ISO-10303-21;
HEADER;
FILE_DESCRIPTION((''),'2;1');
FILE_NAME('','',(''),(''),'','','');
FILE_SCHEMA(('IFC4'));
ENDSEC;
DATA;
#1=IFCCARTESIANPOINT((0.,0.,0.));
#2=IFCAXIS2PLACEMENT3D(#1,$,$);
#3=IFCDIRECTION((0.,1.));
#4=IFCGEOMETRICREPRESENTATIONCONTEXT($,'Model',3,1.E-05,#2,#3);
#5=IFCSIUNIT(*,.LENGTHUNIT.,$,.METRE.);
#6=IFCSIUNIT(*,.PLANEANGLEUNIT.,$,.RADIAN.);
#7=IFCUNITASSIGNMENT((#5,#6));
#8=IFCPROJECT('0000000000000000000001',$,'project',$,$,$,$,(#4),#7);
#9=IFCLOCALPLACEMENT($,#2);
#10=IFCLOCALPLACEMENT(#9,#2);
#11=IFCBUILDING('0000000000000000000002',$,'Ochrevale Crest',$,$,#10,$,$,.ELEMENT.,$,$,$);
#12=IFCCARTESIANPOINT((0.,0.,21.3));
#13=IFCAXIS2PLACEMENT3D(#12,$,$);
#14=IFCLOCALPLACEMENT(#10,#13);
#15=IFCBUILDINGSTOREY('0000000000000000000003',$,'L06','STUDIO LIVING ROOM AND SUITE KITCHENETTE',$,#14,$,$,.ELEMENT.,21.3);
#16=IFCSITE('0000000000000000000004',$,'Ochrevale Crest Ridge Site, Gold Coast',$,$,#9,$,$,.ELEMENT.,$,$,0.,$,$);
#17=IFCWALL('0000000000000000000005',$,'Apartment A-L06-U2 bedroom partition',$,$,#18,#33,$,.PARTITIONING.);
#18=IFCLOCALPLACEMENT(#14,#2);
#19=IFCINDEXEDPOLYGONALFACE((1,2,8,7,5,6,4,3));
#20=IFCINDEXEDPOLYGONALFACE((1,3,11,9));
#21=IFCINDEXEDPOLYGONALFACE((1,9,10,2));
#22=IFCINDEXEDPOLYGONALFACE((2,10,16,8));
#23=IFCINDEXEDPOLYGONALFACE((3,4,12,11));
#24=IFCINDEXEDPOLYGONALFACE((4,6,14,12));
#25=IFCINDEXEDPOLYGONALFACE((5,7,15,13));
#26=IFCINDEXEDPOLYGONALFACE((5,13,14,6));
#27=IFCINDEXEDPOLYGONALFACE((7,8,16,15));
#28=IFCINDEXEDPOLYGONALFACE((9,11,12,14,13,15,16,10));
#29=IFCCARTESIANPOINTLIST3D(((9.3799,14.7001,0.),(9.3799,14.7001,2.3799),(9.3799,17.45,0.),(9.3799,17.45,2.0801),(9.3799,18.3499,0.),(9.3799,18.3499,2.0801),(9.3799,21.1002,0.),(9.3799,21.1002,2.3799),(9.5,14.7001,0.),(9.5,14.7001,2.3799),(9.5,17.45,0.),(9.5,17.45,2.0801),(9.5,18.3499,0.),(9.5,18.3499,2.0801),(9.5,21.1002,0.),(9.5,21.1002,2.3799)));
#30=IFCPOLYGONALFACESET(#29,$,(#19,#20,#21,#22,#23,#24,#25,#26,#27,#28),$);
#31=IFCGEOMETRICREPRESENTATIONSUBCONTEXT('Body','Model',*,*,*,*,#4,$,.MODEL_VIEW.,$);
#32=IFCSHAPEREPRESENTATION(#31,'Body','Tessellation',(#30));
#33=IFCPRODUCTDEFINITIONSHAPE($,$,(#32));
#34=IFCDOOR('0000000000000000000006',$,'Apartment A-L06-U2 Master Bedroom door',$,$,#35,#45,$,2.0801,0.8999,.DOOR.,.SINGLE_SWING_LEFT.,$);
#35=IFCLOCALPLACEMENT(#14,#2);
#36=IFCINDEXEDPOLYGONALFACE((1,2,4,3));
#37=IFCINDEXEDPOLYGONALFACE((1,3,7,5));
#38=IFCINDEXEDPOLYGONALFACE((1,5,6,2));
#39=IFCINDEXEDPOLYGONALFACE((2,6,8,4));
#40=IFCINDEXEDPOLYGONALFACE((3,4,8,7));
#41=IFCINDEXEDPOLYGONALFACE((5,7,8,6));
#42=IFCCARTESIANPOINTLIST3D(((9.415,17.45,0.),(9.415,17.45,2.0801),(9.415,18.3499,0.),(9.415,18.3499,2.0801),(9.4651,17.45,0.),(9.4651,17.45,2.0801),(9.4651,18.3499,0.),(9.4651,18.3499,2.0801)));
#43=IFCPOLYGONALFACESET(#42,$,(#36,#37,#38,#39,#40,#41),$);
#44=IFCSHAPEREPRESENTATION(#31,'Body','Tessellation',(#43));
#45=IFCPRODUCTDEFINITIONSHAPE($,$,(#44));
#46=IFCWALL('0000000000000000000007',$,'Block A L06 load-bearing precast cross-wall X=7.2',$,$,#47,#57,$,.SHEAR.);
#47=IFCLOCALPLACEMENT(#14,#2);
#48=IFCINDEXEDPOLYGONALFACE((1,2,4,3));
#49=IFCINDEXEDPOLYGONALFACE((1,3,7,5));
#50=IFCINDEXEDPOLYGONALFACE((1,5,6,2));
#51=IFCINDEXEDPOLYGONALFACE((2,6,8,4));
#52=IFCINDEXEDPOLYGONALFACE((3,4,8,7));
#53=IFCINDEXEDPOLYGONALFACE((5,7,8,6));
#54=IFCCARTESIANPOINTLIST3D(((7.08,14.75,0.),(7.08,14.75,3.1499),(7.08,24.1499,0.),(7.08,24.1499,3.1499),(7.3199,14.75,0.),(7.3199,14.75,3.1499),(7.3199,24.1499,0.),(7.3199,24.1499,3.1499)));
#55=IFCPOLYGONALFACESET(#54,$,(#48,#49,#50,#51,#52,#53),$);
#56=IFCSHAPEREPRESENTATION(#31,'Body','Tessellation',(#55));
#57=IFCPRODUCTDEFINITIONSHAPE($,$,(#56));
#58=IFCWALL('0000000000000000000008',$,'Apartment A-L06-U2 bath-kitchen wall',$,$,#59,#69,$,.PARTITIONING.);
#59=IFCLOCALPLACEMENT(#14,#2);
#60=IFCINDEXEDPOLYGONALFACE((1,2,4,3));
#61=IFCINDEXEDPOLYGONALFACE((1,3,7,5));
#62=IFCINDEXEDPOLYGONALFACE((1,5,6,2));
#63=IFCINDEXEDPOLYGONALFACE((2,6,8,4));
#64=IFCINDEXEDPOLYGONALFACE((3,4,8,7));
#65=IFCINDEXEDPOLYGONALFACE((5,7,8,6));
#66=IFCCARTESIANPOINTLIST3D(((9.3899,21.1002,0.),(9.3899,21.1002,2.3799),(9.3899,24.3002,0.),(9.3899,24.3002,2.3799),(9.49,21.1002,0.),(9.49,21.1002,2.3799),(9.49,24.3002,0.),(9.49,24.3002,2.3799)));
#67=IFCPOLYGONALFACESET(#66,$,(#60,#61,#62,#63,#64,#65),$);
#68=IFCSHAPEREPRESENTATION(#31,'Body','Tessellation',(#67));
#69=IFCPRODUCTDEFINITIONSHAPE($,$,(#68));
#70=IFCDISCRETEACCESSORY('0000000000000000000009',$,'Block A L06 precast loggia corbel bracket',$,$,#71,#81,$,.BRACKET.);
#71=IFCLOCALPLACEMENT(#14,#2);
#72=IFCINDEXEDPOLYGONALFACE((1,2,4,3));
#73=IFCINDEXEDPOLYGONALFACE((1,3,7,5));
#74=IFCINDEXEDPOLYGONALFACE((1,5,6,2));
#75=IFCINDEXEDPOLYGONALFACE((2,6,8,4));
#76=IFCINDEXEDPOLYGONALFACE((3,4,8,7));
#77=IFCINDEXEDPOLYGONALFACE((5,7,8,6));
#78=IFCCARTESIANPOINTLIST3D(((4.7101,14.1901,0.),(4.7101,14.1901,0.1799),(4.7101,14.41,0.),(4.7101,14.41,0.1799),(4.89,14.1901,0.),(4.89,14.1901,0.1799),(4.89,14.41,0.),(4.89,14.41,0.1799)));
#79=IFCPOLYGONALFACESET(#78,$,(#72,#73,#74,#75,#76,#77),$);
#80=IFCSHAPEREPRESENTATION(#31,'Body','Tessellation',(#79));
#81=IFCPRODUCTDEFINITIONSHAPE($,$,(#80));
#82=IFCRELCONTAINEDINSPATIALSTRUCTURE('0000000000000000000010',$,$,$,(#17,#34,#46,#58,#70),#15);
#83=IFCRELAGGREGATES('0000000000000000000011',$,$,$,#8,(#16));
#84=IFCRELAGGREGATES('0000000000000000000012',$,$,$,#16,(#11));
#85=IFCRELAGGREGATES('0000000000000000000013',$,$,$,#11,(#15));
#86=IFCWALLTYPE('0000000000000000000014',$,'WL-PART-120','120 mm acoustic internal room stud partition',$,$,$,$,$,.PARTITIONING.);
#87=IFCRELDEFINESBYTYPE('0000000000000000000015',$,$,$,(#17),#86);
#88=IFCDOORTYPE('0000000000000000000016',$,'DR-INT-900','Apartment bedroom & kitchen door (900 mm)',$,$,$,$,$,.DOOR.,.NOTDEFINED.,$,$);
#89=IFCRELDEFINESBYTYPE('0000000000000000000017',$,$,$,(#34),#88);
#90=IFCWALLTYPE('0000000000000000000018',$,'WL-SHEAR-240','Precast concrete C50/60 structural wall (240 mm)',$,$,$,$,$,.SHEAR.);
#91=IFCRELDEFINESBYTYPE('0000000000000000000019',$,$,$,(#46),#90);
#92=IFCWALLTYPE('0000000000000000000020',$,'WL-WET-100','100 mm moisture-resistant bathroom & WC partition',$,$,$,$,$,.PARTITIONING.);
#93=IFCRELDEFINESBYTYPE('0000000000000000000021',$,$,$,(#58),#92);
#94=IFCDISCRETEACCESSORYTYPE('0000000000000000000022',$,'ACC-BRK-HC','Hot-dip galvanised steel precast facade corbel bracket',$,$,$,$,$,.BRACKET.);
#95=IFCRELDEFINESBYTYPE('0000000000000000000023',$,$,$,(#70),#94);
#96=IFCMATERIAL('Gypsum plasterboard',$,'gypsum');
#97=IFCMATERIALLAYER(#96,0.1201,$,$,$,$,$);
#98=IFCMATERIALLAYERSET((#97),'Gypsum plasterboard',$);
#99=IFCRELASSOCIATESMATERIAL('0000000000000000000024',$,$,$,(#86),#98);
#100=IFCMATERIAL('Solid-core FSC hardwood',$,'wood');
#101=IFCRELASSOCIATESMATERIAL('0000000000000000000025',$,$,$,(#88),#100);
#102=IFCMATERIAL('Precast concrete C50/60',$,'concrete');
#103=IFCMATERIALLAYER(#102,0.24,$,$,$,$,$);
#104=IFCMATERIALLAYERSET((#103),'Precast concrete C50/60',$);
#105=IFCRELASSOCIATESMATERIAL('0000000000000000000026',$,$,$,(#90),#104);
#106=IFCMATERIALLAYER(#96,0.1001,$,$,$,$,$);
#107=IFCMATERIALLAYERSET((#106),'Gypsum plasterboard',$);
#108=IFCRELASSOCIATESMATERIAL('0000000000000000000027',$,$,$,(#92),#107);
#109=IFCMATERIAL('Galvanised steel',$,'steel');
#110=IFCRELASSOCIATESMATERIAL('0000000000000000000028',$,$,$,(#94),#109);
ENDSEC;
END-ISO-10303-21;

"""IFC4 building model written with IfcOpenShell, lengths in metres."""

from ifc_helpers import new_model, si_unit, direction, frame, frame_2d, origin, origin_2d, place, context, subcontext, project, spatial, rectangle, extrude, material, layer, layer_set, type_object, element, fill, save


model = new_model("IFC4")

# Units and contexts
model_context = context("Model", 3, precision=1e-05, world=origin(), true_north=direction((0.0, 1.0)))
body_context = subcontext(model_context, "Body", "Model", "MODEL_VIEW")
ifc_project = project(units=[si_unit("LENGTHUNIT", "METRE"), si_unit("PLANEANGLEUNIT", "RADIAN")], contexts=[model_context])

# Site, building, storey
site_placement = place(None, origin())
site = spatial("IfcSite", under=ifc_project, at=site_placement, Name="Ochrevale Crest Ridge Site, Gold Coast", CompositionType="ELEMENT", RefElevation=0.0)
building_placement = place(site_placement, origin())
building = spatial("IfcBuilding", under=site, at=building_placement, Name="Ochrevale Crest", CompositionType="ELEMENT")
storey_placement = place(building_placement, frame((0.0, 0.0, 21.3)))
storey = spatial("IfcBuildingStorey", under=building, at=storey_placement, Name="L06", Description="STUDIO LIVING ROOM AND SUITE KITCHENETTE", CompositionType="ELEMENT", Elevation=21.3)

# Shared definitions
ifc_material_1 = material(Name="Precast concrete C50/60", Category="concrete")

# Shared definitions
ifc_material_2 = material(Name="Gypsum plasterboard", Category="gypsum")
ifc_layer_1 = layer(ifc_material_2, 0.1201)
ifc_layer_set_1 = layer_set([ifc_layer_1], Name="Gypsum plasterboard")
wall_type_1 = type_object("IfcWallType", Name="WL-PART-120", Description="120 mm acoustic internal room stud partition", PredefinedType="PARTITIONING", material=ifc_layer_set_1)

# Shared definitions
ifc_material_3 = material(Name="Solid-core FSC hardwood", Category="wood")
door_type_1 = type_object("IfcDoorType", Name="DR-INT-900", Description="Apartment bedroom & kitchen door (900 mm)", OperationType="NOTDEFINED", PredefinedType="DOOR", material=ifc_material_3)

# Wall, opening, door
wall_1_placement = place(storey_placement, frame((9.4399, 14.7, 0.0), z_axis=(0.0, 0.0, 1.0), x_axis=(0.0, 1.0, 0.0)))
wall_1 = element("IfcWall", 1, at=wall_1_placement, inside=storey, type_object=wall_type_1, Name="Apartment A-L06-U2 bedroom partition", PredefinedType="PARTITIONING", context=body_context, shape_type="SweptSolid", body=[
    extrude(rectangle(XDim=6.4001, YDim=0.1201, at=frame_2d((3.2002, 0.0))), origin(), (0.0, 0.0, 1.0), 2.3799),
])
opening_1_placement = place(wall_1_placement, frame((2.75, 0.0, 0.0)))
opening_1 = element("IfcOpeningElement", 2, at=opening_1_placement, cuts=wall_1, PredefinedType="OPENING", context=body_context, shape_type="SweptSolid", body=[
    extrude(rectangle(XDim=0.8999, YDim=2.0801, at=frame_2d((0.45, 1.04))), frame((0.0, 0.0701, 0.0), z_axis=(0.0, -1.0, 0.0), x_axis=(1.0, 0.0, 0.0)), (0.0, 0.0, 1.0), 0.1401),
])
door_1_placement = place(opening_1_placement, origin())
door_1 = element("IfcDoor", 3, at=door_1_placement, inside=storey, type_object=door_type_1, Name="Apartment A-L06-U2 Master Bedroom door", OperationType="SINGLE_SWING_LEFT", OverallHeight=2.0801, OverallWidth=0.8999, PredefinedType="DOOR", context=body_context, shape_type="SweptSolid", body=[
    extrude(rectangle(XDim=0.8999, YDim=2.0801, at=frame_2d((0.45, 1.04))), frame((0.0, 0.0249, 0.0), z_axis=(0.0, -1.0, 0.0), x_axis=(1.0, 0.0, 0.0)), (0.0, 0.0, 1.0), 0.05),
])
fill(opening_1, door_1)

# Walls
ifc_layer_2 = layer(ifc_material_1, 0.24)
ifc_layer_set_2 = layer_set([ifc_layer_2], Name="Precast concrete C50/60")
wall_type_2 = type_object("IfcWallType", Name="WL-SHEAR-240", Description="Precast concrete C50/60 structural wall (240 mm)", PredefinedType="SHEAR", material=ifc_layer_set_2)
wall_2_placement = place(storey_placement, frame((7.2, 14.75, 0.0), z_axis=(0.0, 0.0, 1.0), x_axis=(0.0, 1.0, 0.0)))
element("IfcWall", 4, at=wall_2_placement, inside=storey, type_object=wall_type_2, Name="Block A L06 load-bearing precast cross-wall X=7.2", PredefinedType="SHEAR", context=body_context, shape_type="SweptSolid", body=[
    extrude(rectangle(XDim=9.3999, YDim=0.24, at=frame_2d((4.7, 0.0))), origin(), (0.0, 0.0, 1.0), 3.1499),
])
ifc_layer_3 = layer(ifc_material_2, 0.1001)
ifc_layer_set_3 = layer_set([ifc_layer_3], Name="Gypsum plasterboard")
wall_type_3 = type_object("IfcWallType", Name="WL-WET-100", Description="100 mm moisture-resistant bathroom & WC partition", PredefinedType="PARTITIONING", material=ifc_layer_set_3)
wall_3_placement = place(storey_placement, frame((9.4399, 21.1001, 0.0), z_axis=(0.0, 0.0, 1.0), x_axis=(0.0, 1.0, 0.0)))
element("IfcWall", 5, at=wall_3_placement, inside=storey, type_object=wall_type_3, Name="Apartment A-L06-U2 bath-kitchen wall", PredefinedType="PARTITIONING", context=body_context, shape_type="SweptSolid", body=[
    extrude(rectangle(XDim=3.2, YDim=0.1001, at=frame_2d((1.6001, 0.0))), origin(), (0.0, 0.0, 1.0), 2.3799),
])

# Discrete accessory
ifc_material_4 = material(Name="Galvanised steel", Category="steel")
discrete_accessory_type = type_object("IfcDiscreteAccessoryType", Name="ACC-BRK-HC", Description="Hot-dip galvanised steel precast facade corbel bracket", PredefinedType="BRACKET", material=ifc_material_4)
discrete_accessory_placement = place(storey_placement, frame((4.8, 14.3, 0.0), z_axis=(0.0, 0.0, 1.0), x_axis=(1.0, 0.0, 0.0)))
element("IfcDiscreteAccessory", 6, at=discrete_accessory_placement, inside=storey, type_object=discrete_accessory_type, Name="Block A L06 precast loggia corbel bracket", PredefinedType="BRACKET", context=body_context, shape_type="SweptSolid", body=[
    extrude(rectangle(XDim=0.1799, YDim=0.22, at=origin_2d()), origin(), (0.0, 0.0, 1.0), 0.1799),
])

save(model, "model.ifc")
